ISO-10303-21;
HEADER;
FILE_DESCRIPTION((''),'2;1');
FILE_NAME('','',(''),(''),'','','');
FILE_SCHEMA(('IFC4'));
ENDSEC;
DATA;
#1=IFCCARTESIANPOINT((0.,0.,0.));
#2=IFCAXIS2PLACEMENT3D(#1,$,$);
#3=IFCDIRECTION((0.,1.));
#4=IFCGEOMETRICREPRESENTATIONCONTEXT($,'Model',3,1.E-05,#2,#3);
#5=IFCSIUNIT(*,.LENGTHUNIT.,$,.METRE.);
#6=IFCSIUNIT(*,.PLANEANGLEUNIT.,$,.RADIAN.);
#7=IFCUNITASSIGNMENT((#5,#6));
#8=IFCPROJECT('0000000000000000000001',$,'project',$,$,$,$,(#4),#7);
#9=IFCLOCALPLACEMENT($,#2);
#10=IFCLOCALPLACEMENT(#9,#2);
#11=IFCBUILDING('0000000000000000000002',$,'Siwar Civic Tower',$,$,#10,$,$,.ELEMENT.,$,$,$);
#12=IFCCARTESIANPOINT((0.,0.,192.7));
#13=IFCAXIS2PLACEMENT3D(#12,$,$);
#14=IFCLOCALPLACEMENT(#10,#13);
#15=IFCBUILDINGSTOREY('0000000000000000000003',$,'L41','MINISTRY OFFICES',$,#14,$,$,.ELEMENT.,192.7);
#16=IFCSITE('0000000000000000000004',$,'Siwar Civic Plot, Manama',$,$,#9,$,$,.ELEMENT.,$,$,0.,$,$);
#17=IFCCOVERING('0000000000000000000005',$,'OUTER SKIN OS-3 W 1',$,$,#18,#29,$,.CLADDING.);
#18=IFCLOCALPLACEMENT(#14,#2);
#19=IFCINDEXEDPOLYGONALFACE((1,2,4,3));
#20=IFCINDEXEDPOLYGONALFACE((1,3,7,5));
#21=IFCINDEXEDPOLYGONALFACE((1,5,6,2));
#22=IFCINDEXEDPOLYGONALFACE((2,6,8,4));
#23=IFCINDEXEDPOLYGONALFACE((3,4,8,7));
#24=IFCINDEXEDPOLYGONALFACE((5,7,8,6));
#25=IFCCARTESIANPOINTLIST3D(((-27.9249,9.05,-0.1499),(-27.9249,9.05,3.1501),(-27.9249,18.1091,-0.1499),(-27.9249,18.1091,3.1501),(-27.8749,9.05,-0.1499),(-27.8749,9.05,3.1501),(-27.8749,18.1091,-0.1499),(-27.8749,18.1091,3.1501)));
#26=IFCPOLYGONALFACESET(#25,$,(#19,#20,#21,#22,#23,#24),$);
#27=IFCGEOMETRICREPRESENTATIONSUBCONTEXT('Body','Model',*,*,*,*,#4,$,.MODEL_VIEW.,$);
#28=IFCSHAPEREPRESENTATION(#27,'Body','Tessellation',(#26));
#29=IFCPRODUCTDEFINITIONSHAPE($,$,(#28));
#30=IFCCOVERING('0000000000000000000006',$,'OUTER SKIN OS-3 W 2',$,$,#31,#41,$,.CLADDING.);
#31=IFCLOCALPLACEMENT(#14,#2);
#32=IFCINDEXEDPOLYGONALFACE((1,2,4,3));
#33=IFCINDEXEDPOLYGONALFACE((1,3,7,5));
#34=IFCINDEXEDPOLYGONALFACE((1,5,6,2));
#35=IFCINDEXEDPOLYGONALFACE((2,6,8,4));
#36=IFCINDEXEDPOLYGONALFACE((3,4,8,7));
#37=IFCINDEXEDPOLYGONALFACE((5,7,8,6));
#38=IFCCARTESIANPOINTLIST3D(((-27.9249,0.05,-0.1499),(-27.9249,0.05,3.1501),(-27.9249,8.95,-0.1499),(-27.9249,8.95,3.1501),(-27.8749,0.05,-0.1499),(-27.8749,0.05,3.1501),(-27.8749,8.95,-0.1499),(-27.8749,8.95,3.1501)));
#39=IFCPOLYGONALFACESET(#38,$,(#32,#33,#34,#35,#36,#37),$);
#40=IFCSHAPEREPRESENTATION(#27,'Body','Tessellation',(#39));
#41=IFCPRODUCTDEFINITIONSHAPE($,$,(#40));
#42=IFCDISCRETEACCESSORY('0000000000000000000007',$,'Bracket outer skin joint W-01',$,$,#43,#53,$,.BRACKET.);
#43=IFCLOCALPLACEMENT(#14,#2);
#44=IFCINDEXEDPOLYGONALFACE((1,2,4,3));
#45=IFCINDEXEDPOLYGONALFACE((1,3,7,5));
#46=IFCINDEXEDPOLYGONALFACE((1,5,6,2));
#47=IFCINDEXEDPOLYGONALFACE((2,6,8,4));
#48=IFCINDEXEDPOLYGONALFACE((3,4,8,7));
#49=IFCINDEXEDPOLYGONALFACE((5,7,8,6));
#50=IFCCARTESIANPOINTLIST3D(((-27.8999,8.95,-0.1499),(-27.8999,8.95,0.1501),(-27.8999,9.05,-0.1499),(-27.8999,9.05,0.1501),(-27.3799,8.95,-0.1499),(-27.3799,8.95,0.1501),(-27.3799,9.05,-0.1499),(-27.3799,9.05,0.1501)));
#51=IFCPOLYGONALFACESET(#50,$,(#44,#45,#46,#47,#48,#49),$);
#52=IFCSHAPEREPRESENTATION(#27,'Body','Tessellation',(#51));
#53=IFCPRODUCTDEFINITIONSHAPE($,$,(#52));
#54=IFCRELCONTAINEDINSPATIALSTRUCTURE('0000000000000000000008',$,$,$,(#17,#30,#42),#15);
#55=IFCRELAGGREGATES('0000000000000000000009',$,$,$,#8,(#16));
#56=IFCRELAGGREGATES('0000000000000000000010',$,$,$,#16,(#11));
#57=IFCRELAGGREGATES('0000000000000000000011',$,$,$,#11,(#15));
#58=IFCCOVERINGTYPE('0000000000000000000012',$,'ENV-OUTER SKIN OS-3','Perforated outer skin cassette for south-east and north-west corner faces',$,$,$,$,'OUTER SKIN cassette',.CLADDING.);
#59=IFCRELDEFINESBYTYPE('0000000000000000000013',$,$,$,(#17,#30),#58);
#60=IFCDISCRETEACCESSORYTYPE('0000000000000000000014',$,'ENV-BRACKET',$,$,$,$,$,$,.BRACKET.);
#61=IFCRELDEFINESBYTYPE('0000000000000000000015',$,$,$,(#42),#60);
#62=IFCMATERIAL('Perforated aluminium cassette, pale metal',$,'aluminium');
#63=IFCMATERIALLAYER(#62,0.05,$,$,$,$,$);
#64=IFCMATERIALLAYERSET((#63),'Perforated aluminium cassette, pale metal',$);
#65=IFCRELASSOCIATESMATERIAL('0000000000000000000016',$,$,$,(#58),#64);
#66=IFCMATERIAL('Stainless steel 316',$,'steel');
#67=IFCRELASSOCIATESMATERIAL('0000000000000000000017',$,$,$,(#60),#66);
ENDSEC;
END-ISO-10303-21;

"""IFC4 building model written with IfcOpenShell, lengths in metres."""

from ifc_helpers import new_model, si_unit, direction, frame, origin, origin_2d, place, context, subcontext, project, spatial, rectangle, extrude, material, layer, layer_set, type_object, element, save


model = new_model("IFC4")

# Units and contexts
model_context = context("Model", 3, precision=1e-05, world=origin(), true_north=direction((0.0, 1.0)))
body_context = subcontext(model_context, "Body", "Model", "MODEL_VIEW")
ifc_project = project(units=[si_unit("LENGTHUNIT", "METRE"), si_unit("PLANEANGLEUNIT", "RADIAN")], contexts=[model_context])

# Site, building, storey
site_placement = place(None, origin())
site = spatial("IfcSite", under=ifc_project, at=site_placement, Name="Siwar Civic Plot, Manama", CompositionType="ELEMENT", RefElevation=0.0)
building_placement = place(site_placement, origin())
building = spatial("IfcBuilding", under=site, at=building_placement, Name="Siwar Civic Tower", CompositionType="ELEMENT")
storey_placement = place(building_placement, frame((0.0, 0.0, 192.7)))
storey = spatial("IfcBuildingStorey", under=building, at=storey_placement, Name="L41", Description="MINISTRY OFFICES", CompositionType="ELEMENT", Elevation=192.7)

# Coverings
ifc_material_1 = material(Name="Perforated aluminium cassette, pale metal", Category="aluminium")
ifc_layer_1 = layer(ifc_material_1, 0.05)
ifc_layer_set_1 = layer_set([ifc_layer_1], Name="Perforated aluminium cassette, pale metal")
covering_type = type_object("IfcCoveringType", Name="ENV-OUTER SKIN OS-3", Description="Perforated outer skin cassette for south-east and north-west corner faces", ElementType="OUTER SKIN cassette", PredefinedType="CLADDING", material=ifc_layer_set_1)
covering_1_placement = place(storey_placement, frame((-27.8999, 13.5796, -0.1499), z_axis=(0.0, 0.0, 1.0), x_axis=(0.0, -1.0, 0.0)))
element("IfcCovering", 1, at=covering_1_placement, inside=storey, type_object=covering_type, Name="OUTER SKIN OS-3 W 1", PredefinedType="CLADDING", context=body_context, shape_type="SweptSolid", body=[
    extrude(rectangle(XDim=9.0591, YDim=0.05, at=origin_2d()), origin(), (0.0, 0.0, 1.0), 3.3),
])
covering_2_placement = place(storey_placement, frame((-27.8999, 4.5, -0.1499), z_axis=(0.0, 0.0, 1.0), x_axis=(0.0, -1.0, 0.0)))
element("IfcCovering", 2, at=covering_2_placement, inside=storey, type_object=covering_type, Name="OUTER SKIN OS-3 W 2", PredefinedType="CLADDING", context=body_context, shape_type="SweptSolid", body=[
    extrude(rectangle(XDim=8.8999, YDim=0.05, at=origin_2d()), origin(), (0.0, 0.0, 1.0), 3.3),
])

# Discrete accessory
ifc_material_2 = material(Name="Stainless steel 316", Category="steel")
discrete_accessory_type = type_object("IfcDiscreteAccessoryType", Name="ENV-BRACKET", PredefinedType="BRACKET", material=ifc_material_2)
discrete_accessory_placement = place(storey_placement, frame((-27.6399, 9.0, -0.1499), z_axis=(0.0, 0.0, 1.0), x_axis=(-1.0, 0.0, 0.0)))
element("IfcDiscreteAccessory", 3, at=discrete_accessory_placement, inside=storey, type_object=discrete_accessory_type, Name="Bracket outer skin joint W-01", PredefinedType="BRACKET", context=body_context, shape_type="SweptSolid", body=[
    extrude(rectangle(XDim=0.52, YDim=0.1001, at=origin_2d()), origin(), (0.0, 0.0, 1.0), 0.3),
])

save(model, "model.ifc")
